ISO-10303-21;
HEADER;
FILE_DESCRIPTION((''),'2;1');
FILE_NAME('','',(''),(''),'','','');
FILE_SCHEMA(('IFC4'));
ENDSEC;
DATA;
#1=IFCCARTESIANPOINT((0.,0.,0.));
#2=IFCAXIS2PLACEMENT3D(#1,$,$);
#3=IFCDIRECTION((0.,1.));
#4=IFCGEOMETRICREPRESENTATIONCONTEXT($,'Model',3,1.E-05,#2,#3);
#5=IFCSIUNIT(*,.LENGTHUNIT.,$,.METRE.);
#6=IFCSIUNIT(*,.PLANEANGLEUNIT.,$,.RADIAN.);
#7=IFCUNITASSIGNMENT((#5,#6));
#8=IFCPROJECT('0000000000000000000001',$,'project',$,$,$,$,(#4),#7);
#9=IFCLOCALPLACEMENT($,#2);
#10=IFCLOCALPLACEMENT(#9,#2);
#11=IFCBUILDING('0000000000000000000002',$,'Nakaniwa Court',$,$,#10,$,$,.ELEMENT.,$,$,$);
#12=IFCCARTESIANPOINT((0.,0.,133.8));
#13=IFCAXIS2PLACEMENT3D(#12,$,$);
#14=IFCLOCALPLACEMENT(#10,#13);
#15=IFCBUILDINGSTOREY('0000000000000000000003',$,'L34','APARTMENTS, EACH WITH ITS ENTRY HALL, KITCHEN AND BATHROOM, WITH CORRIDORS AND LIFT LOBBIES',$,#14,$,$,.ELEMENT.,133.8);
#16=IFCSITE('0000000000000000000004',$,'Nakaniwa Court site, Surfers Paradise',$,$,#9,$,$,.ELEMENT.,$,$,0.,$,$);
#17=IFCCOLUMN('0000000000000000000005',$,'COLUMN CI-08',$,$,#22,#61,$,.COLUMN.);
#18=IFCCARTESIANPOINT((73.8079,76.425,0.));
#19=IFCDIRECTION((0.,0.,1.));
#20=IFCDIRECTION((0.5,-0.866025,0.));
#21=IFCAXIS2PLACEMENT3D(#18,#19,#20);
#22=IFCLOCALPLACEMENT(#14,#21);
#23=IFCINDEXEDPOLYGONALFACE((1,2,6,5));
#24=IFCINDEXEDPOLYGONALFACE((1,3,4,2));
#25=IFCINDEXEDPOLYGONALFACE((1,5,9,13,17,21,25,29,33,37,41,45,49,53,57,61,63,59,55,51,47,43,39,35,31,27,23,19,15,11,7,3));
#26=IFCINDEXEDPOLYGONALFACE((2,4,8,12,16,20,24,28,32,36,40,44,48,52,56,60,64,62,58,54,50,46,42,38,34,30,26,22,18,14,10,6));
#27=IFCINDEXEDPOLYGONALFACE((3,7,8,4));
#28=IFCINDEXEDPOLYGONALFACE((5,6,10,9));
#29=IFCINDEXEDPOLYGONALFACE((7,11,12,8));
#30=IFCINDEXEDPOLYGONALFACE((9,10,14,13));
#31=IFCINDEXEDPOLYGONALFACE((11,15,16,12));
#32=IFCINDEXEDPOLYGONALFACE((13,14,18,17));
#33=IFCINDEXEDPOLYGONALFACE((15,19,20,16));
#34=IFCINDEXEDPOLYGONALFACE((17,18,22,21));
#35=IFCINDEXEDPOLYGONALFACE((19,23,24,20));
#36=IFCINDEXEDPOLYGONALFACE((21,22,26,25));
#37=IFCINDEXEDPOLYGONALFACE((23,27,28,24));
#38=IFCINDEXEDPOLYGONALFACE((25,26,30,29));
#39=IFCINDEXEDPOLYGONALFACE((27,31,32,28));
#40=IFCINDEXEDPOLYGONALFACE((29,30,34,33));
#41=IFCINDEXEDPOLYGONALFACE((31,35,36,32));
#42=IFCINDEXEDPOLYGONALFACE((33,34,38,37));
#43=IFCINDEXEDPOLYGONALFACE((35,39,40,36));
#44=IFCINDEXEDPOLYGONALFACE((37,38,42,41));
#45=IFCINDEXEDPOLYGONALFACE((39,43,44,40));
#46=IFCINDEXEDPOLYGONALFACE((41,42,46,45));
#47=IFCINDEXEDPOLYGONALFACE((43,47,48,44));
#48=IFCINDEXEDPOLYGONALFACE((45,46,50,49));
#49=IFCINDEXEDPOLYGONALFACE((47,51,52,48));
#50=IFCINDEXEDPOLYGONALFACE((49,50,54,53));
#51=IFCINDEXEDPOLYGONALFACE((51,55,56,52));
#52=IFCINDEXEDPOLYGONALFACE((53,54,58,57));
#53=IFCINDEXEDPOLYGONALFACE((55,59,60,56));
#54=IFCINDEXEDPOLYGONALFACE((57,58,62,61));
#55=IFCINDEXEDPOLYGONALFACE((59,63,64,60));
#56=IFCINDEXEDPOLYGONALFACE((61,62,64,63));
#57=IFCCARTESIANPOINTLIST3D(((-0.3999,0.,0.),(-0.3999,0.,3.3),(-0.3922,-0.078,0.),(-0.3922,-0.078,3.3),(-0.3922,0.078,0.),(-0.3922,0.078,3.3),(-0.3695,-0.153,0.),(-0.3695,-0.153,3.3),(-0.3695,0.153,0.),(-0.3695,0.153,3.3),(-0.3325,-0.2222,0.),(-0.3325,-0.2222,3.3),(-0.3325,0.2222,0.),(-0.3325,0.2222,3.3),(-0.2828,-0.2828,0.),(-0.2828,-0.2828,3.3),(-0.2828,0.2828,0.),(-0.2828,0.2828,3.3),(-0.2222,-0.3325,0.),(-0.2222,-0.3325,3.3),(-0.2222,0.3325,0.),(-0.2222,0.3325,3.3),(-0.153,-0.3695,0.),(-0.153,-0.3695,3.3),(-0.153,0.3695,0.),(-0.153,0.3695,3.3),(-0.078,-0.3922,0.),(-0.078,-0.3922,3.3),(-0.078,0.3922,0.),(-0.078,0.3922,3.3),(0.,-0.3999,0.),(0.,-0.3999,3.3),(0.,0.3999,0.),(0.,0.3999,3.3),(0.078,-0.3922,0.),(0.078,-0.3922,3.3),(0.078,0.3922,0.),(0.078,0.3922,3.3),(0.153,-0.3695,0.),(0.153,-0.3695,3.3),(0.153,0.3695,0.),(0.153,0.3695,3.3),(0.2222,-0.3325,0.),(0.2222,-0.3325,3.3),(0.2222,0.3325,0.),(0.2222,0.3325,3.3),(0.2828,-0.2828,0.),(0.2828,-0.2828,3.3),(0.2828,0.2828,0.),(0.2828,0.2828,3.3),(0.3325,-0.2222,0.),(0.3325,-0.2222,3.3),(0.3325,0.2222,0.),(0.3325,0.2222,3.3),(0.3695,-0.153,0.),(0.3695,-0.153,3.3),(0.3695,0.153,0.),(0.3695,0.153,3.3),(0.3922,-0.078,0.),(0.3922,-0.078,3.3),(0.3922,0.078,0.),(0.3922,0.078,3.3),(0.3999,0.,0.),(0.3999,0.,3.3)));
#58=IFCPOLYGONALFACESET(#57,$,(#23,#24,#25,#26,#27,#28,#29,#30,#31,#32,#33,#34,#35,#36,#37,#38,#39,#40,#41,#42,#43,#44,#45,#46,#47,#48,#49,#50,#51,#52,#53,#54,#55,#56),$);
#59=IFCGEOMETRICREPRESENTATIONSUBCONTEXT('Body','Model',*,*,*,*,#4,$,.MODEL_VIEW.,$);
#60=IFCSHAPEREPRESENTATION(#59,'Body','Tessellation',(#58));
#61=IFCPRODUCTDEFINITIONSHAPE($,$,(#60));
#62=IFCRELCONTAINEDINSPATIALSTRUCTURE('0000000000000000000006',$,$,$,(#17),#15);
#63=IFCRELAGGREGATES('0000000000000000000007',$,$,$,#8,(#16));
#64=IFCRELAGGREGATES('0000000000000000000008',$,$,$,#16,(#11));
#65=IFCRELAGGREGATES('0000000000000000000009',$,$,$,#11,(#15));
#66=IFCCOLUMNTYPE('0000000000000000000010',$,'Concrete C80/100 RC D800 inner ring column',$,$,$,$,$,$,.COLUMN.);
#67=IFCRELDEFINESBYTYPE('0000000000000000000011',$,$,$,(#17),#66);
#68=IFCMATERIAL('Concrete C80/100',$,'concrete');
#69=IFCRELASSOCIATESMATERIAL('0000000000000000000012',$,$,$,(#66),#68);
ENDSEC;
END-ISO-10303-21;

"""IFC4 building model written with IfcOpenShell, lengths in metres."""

from ifc_helpers import new_model, si_unit, direction, frame, origin, origin_2d, place, context, subcontext, project, spatial, circle, extrude, material, material_profile, profile_set, type_object, element, save


model = new_model("IFC4")

# Units and contexts
model_context = context("Model", 3, precision=1e-05, world=origin(), true_north=direction((0.0, 1.0)))
body_context = subcontext(model_context, "Body", "Model", "MODEL_VIEW")
ifc_project = project(units=[si_unit("LENGTHUNIT", "METRE"), si_unit("PLANEANGLEUNIT", "RADIAN")], contexts=[model_context])

# Site, building, storey
site_placement = place(None, origin())
site = spatial("IfcSite", under=ifc_project, at=site_placement, Name="Nakaniwa Court site, Surfers Paradise", CompositionType="ELEMENT", RefElevation=0.0)
building_placement = place(site_placement, origin())
building = spatial("IfcBuilding", under=site, at=building_placement, Name="Nakaniwa Court", CompositionType="ELEMENT")
storey_placement = place(building_placement, frame((0.0, 0.0, 133.8)))
storey = spatial("IfcBuildingStorey", under=building, at=storey_placement, Name="L34", Description="APARTMENTS, EACH WITH ITS ENTRY HALL, KITCHEN AND BATHROOM, WITH CORRIDORS AND LIFT LOBBIES", CompositionType="ELEMENT", Elevation=133.8)

# Column
ifc_material_1 = material(Name="Concrete C80/100", Category="concrete")
ifc_material_profile_1 = material_profile(ifc_material_1, circle(Radius=0.3999, at=origin_2d()), Name="Concrete C80/100 RC D800 inner ring column")
ifc_profile_set_1 = profile_set([ifc_material_profile_1], Name="Concrete C80/100")
column_type_1 = type_object("IfcColumnType", Name="Concrete C80/100 RC D800 inner ring column", PredefinedType="COLUMN", material=ifc_profile_set_1)
for number, where, z_axis, x_axis, name in (
    (1, (73.8079, 76.425, 0.0), (0.0, 0.0, 1.0), (0.5, -0.866025, 0.0), "COLUMN CI-08"),
):
    element("IfcColumn", number, at=place(storey_placement, frame(where, z_axis=z_axis, x_axis=x_axis)), inside=storey, type_object=column_type_1, Name=name, PredefinedType="COLUMN", context=body_context, shape_type="SweptSolid", body=[
        extrude(circle(Radius=0.3999, at=origin_2d()), origin(), (0.0, 0.0, 1.0), 3.3),
    ])

save(model, "model.ifc")
